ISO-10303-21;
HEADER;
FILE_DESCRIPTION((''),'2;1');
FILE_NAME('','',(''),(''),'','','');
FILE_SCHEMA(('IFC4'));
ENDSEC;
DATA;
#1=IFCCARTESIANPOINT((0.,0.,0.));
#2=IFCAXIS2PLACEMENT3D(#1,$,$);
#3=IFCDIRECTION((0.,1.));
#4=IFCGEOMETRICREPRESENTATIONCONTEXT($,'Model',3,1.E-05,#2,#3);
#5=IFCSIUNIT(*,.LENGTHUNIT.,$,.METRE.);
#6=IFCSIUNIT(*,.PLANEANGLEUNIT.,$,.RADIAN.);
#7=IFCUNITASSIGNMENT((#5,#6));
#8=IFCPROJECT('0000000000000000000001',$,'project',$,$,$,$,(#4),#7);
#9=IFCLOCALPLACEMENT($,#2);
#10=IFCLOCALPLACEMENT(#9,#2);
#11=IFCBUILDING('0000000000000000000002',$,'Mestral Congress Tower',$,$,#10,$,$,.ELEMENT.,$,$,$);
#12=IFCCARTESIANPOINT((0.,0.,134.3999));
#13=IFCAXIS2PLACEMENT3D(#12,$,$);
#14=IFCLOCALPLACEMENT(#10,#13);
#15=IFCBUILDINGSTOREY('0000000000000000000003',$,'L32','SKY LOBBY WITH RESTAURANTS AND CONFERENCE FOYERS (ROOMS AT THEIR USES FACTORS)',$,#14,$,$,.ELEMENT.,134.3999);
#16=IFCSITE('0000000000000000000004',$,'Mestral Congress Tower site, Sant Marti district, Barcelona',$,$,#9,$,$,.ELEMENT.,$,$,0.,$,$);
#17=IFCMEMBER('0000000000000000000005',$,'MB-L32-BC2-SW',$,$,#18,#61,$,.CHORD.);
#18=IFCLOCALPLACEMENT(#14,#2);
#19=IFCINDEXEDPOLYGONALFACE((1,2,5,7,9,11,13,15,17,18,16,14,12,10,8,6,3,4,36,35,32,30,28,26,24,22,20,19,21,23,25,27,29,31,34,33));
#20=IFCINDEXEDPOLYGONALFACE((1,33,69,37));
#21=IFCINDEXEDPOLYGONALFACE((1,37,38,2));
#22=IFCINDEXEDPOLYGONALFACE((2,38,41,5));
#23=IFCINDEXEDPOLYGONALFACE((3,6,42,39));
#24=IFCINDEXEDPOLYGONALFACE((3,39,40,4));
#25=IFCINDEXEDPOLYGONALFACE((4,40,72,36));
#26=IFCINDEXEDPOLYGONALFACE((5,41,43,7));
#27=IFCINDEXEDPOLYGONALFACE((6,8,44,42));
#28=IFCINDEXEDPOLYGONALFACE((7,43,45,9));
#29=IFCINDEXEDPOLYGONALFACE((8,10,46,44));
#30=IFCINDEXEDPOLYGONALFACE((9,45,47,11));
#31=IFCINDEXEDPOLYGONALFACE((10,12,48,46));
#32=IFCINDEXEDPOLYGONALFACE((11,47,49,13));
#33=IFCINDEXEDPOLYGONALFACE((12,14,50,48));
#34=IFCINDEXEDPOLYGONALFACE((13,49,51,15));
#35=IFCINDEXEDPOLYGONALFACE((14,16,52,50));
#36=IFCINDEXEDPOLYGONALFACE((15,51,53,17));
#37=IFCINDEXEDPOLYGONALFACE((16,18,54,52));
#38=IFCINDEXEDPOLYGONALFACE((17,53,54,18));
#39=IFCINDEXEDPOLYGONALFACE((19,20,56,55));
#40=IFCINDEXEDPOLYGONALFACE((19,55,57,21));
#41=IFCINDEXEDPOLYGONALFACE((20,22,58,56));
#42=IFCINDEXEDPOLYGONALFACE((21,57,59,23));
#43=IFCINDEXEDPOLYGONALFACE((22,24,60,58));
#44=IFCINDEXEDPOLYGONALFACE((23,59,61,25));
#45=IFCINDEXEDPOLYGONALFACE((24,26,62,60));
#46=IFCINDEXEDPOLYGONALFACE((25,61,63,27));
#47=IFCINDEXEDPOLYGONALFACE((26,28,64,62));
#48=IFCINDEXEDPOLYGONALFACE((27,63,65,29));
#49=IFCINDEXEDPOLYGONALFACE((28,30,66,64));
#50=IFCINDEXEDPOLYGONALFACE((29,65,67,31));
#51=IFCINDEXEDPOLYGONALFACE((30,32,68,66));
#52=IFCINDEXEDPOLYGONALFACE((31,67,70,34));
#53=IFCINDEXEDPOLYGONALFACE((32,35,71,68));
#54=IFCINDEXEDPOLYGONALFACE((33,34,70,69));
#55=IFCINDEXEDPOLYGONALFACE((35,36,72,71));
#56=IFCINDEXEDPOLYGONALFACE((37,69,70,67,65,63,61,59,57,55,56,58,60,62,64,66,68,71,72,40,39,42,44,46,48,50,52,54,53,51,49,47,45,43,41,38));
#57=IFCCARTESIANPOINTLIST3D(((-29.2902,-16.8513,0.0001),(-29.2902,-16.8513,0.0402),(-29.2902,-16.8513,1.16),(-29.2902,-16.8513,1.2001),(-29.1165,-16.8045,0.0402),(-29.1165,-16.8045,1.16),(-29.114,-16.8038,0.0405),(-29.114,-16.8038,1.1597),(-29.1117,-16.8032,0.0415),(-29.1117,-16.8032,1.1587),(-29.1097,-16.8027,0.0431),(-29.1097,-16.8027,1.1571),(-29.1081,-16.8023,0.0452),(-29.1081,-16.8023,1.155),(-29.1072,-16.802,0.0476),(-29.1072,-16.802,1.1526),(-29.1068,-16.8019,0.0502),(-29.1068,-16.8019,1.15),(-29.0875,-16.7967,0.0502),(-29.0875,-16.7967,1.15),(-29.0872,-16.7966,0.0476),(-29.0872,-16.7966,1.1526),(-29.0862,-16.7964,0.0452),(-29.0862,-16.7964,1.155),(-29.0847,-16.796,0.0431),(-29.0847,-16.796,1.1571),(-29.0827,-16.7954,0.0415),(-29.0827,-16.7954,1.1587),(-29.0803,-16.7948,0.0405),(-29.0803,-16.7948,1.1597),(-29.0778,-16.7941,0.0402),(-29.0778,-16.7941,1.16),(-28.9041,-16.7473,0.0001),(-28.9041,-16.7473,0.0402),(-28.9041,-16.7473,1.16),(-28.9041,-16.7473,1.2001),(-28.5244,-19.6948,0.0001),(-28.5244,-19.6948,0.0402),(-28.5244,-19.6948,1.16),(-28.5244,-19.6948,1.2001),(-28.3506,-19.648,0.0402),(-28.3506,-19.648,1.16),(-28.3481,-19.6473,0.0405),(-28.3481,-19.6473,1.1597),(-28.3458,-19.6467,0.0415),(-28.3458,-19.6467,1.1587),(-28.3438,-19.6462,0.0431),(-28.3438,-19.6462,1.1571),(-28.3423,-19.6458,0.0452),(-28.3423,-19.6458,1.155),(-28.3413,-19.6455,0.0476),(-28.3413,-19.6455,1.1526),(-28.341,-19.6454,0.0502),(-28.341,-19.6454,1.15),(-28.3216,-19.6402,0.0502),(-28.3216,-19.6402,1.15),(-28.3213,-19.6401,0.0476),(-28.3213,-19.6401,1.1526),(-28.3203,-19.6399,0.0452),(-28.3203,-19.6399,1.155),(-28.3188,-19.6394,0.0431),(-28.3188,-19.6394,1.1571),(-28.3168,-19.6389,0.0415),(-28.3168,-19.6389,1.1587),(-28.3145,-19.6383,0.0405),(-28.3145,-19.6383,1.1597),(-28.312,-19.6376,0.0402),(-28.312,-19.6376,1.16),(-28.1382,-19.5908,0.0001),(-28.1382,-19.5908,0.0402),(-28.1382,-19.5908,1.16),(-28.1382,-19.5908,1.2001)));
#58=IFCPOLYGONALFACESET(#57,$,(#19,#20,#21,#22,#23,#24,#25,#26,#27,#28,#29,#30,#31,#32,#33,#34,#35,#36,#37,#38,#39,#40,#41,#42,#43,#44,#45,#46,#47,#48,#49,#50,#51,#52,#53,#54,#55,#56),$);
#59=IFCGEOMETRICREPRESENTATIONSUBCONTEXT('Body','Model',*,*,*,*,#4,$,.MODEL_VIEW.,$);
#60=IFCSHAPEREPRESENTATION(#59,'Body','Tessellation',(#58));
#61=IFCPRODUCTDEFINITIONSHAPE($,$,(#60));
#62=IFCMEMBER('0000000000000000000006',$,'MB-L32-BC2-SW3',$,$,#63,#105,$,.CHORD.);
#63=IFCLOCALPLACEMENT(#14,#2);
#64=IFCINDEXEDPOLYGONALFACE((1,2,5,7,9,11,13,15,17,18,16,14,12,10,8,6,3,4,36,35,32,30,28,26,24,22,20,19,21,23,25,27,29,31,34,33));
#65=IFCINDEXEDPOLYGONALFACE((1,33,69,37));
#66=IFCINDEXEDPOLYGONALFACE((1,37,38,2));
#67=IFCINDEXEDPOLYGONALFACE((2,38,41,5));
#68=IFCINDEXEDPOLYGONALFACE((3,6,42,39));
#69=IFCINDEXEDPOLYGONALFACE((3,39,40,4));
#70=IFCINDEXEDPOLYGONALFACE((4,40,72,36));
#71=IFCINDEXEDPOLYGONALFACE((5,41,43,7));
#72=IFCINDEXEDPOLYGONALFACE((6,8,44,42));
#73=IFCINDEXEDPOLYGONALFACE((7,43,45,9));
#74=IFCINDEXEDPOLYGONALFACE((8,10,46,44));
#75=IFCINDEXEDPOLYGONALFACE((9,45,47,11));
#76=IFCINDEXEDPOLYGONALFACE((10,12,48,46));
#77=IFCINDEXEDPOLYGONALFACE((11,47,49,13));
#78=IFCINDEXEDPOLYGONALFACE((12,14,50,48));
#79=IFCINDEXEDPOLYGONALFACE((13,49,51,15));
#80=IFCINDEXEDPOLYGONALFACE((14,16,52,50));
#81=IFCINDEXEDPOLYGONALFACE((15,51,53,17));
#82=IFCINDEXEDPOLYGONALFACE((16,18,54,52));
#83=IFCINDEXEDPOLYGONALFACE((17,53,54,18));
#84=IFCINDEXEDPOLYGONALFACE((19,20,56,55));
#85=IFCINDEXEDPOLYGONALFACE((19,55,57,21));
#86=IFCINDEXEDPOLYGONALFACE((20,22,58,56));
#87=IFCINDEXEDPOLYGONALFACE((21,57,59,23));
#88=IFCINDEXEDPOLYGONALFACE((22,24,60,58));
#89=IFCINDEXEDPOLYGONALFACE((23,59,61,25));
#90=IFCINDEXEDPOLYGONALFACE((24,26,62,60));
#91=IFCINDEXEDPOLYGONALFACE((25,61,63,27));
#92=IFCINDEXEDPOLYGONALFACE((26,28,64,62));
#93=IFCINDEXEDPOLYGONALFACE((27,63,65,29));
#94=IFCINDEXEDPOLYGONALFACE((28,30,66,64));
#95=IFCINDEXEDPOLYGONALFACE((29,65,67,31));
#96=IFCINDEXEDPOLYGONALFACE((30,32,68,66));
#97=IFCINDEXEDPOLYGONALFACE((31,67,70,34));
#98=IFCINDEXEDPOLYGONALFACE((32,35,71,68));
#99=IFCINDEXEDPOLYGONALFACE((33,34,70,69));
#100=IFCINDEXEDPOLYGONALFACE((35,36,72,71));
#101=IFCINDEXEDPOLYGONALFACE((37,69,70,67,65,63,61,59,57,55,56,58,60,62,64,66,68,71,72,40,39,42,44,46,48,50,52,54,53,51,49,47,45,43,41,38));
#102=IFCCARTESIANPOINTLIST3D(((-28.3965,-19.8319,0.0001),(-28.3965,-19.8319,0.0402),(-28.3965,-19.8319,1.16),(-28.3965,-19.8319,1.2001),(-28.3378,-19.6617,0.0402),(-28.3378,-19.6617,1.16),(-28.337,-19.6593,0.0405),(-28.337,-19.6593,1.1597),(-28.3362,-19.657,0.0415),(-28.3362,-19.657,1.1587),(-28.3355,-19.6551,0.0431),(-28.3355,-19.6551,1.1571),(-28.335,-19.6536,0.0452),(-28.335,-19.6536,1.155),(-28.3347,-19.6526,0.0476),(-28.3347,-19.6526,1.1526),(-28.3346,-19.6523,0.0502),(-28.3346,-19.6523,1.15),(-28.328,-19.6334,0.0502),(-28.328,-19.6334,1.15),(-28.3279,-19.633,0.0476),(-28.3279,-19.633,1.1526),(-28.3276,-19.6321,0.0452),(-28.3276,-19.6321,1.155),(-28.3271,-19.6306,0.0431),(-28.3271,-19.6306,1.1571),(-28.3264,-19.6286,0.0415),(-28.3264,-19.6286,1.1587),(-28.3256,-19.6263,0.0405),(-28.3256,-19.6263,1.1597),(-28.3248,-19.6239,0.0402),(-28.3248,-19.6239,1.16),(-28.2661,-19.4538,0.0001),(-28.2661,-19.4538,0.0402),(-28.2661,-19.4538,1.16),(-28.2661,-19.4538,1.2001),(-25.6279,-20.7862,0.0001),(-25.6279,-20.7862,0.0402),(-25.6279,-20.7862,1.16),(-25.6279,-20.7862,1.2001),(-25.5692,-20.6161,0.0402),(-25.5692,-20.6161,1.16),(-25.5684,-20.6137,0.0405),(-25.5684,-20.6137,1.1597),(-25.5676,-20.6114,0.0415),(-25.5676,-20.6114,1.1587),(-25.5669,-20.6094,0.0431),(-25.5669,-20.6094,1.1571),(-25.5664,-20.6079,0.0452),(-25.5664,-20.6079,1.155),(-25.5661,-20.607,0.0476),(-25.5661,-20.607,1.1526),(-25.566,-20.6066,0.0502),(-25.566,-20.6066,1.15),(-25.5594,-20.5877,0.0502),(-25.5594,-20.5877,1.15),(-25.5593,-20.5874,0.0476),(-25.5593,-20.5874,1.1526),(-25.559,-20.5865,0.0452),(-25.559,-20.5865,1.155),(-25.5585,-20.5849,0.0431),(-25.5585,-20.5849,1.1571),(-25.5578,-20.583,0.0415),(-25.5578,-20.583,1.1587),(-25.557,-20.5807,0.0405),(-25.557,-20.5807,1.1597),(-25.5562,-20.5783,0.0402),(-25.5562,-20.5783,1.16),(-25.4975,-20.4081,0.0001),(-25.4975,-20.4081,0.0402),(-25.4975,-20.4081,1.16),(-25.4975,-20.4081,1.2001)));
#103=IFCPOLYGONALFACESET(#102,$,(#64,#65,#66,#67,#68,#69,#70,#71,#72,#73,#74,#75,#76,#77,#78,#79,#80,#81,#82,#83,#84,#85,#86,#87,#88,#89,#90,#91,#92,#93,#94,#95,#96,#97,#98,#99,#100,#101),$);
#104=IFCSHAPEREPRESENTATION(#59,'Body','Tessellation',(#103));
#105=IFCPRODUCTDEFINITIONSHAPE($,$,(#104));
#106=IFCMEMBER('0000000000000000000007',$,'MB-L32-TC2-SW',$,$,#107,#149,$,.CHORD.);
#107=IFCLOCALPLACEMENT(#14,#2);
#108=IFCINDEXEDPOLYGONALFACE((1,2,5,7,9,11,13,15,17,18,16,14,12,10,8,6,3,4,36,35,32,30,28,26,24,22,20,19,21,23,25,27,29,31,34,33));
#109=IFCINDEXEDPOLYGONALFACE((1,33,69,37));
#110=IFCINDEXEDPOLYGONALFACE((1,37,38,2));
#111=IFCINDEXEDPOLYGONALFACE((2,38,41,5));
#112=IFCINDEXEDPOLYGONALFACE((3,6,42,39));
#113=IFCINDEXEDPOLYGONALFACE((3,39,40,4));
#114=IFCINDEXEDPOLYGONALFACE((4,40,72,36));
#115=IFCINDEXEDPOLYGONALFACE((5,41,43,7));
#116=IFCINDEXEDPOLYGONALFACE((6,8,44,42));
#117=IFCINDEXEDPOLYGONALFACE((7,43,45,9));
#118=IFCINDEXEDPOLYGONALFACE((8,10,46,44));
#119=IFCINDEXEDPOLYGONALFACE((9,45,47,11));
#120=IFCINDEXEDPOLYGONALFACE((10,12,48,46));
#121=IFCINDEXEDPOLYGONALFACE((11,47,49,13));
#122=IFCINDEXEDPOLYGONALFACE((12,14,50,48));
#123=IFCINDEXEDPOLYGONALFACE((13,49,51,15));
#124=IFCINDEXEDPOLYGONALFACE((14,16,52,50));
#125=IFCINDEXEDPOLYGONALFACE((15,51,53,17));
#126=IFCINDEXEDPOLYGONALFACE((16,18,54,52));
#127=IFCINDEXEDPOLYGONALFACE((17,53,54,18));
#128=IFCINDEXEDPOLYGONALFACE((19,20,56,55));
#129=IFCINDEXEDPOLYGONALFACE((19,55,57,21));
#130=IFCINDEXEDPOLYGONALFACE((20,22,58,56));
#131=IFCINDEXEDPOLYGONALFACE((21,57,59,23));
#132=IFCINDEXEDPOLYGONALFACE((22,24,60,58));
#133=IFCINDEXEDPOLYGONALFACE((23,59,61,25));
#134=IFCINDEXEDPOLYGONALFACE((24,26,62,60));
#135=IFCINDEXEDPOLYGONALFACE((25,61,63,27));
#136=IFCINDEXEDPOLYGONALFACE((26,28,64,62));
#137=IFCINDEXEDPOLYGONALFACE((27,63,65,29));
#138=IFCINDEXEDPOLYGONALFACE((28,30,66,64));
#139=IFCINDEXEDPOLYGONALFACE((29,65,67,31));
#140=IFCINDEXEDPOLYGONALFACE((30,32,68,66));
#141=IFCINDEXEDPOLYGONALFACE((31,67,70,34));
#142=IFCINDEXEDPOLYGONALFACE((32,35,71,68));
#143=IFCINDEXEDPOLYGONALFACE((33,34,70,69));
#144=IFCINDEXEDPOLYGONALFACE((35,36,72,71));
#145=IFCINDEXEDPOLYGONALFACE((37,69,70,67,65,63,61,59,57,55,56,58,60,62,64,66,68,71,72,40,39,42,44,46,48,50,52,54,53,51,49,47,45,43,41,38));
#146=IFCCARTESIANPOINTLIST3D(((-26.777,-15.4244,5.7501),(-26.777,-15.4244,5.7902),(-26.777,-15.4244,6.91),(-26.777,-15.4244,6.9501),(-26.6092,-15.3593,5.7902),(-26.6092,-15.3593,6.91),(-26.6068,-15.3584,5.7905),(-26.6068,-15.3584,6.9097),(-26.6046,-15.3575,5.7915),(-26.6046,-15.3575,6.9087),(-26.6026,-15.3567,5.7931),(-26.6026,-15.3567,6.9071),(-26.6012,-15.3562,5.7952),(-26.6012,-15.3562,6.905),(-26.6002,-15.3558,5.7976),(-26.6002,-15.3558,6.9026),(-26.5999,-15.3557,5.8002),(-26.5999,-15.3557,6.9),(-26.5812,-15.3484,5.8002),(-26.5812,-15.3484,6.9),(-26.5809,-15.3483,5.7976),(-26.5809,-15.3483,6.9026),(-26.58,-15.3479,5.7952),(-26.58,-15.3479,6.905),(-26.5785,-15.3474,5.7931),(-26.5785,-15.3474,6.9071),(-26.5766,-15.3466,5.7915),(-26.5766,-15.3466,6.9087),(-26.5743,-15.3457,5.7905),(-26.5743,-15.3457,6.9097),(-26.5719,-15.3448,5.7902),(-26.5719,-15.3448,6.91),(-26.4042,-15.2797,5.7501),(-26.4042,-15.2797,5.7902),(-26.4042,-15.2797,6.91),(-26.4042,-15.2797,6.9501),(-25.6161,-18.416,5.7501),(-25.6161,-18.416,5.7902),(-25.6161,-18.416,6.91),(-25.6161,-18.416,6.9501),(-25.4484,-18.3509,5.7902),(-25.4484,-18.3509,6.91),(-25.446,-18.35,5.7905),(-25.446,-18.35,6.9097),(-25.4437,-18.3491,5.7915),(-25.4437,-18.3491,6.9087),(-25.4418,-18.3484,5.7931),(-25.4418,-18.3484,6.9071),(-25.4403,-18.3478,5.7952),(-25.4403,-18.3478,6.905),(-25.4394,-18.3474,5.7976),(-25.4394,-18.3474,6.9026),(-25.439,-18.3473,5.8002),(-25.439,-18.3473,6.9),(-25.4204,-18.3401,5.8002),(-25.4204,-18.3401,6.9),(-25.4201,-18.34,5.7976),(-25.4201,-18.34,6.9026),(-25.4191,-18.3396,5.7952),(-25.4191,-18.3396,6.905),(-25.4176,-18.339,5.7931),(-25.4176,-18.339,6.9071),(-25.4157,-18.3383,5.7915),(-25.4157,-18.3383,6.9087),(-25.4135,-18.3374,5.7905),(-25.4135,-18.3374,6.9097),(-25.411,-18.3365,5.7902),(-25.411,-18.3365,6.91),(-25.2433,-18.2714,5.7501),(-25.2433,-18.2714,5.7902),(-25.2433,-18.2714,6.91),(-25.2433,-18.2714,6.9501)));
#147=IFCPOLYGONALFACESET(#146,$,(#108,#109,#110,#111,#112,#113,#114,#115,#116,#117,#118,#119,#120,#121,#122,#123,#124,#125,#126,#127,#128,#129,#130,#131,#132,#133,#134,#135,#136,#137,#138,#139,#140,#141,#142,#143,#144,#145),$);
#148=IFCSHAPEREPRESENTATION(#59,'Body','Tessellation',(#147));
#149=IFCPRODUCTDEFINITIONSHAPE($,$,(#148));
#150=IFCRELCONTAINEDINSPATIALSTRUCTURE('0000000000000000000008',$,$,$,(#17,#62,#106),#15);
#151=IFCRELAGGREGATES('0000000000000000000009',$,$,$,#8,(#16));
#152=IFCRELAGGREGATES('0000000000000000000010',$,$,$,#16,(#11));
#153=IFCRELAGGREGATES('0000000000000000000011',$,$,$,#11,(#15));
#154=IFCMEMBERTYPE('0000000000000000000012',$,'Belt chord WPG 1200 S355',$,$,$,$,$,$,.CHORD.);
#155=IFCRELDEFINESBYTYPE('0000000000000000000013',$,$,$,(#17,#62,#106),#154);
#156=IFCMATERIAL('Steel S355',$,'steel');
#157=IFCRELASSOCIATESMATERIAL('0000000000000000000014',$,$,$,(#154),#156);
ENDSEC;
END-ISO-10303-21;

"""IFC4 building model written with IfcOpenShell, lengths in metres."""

from ifc_helpers import new_model, si_unit, direction, frame, origin, origin_2d, place, context, subcontext, project, spatial, i_section, extrude, material, material_profile, profile_set, type_object, element, save


model = new_model("IFC4")

# Units and contexts
model_context = context("Model", 3, precision=1e-05, world=origin(), true_north=direction((0.0, 1.0)))
body_context = subcontext(model_context, "Body", "Model", "MODEL_VIEW")
ifc_project = project(units=[si_unit("LENGTHUNIT", "METRE"), si_unit("PLANEANGLEUNIT", "RADIAN")], contexts=[model_context])

# Site, building, storey
site_placement = place(None, origin())
site = spatial("IfcSite", under=ifc_project, at=site_placement, Name="Mestral Congress Tower site, Sant Marti district, Barcelona", CompositionType="ELEMENT", RefElevation=0.0)
building_placement = place(site_placement, origin())
building = spatial("IfcBuilding", under=site, at=building_placement, Name="Mestral Congress Tower", CompositionType="ELEMENT")
storey_placement = place(building_placement, frame((0.0, 0.0, 134.3999)))
storey = spatial("IfcBuildingStorey", under=building, at=storey_placement, Name="L32", Description="SKY LOBBY WITH RESTAURANTS AND CONFERENCE FOYERS (ROOMS AT THEIR USES FACTORS)", CompositionType="ELEMENT", Elevation=134.3999)

# Members
ifc_material_1 = material(Name="Steel S355", Category="steel")
ifc_material_profile_1 = material_profile(ifc_material_1, i_section(OverallWidth=0.3999, OverallDepth=1.2, WebThickness=0.02, FlangeThickness=0.04, FilletRadius=0.01, at=origin_2d()), Name="WPG 1200")
ifc_profile_set_1 = profile_set([ifc_material_profile_1], Name="Steel S355")
member_type_1 = type_object("IfcMemberType", Name="Belt chord WPG 1200 S355", PredefinedType="CHORD", material=ifc_profile_set_1)
member_1_placement = place(storey_placement, frame((-29.0972, -16.7993, 0.6001), z_axis=(0.260072, -0.965589, 0.0), x_axis=(0.965589, 0.260072, 0.0)))
element("IfcMember", 1, at=member_1_placement, inside=storey, type_object=member_type_1, Name="MB-L32-BC2-SW", PredefinedType="CHORD", context=body_context, shape_type="SweptSolid", body=[
    extrude(i_section(OverallWidth=0.3999, OverallDepth=1.2, WebThickness=0.02, FlangeThickness=0.04, FilletRadius=0.01, at=origin_2d()), origin(), (0.0, 0.0, 1.0), 2.9448),
])
member_2_placement = place(storey_placement, frame((-28.3313, -19.6428, 0.6001), z_axis=(0.945408, -0.32589, 0.0), x_axis=(0.32589, 0.945408, 0.0)))
element("IfcMember", 2, at=member_2_placement, inside=storey, type_object=member_type_1, Name="MB-L32-BC2-SW3", PredefinedType="CHORD", context=body_context, shape_type="SweptSolid", body=[
    extrude(i_section(OverallWidth=0.3999, OverallDepth=1.2, WebThickness=0.02, FlangeThickness=0.04, FilletRadius=0.01, at=origin_2d()), origin(), (0.0, 0.0, 1.0), 2.9285),
])
member_3_placement = place(storey_placement, frame((-26.5906, -15.3521, 6.3501), z_axis=(0.361756, -0.932273, 0.0), x_axis=(0.932273, 0.361756, 0.0)))
element("IfcMember", 3, at=member_3_placement, inside=storey, type_object=member_type_1, Name="MB-L32-TC2-SW", PredefinedType="CHORD", context=body_context, shape_type="SweptSolid", body=[
    extrude(i_section(OverallWidth=0.3999, OverallDepth=1.2, WebThickness=0.02, FlangeThickness=0.04, FilletRadius=0.01, at=origin_2d()), origin(), (0.0, 0.0, 1.0), 3.209),
])

save(model, "model.ifc")
